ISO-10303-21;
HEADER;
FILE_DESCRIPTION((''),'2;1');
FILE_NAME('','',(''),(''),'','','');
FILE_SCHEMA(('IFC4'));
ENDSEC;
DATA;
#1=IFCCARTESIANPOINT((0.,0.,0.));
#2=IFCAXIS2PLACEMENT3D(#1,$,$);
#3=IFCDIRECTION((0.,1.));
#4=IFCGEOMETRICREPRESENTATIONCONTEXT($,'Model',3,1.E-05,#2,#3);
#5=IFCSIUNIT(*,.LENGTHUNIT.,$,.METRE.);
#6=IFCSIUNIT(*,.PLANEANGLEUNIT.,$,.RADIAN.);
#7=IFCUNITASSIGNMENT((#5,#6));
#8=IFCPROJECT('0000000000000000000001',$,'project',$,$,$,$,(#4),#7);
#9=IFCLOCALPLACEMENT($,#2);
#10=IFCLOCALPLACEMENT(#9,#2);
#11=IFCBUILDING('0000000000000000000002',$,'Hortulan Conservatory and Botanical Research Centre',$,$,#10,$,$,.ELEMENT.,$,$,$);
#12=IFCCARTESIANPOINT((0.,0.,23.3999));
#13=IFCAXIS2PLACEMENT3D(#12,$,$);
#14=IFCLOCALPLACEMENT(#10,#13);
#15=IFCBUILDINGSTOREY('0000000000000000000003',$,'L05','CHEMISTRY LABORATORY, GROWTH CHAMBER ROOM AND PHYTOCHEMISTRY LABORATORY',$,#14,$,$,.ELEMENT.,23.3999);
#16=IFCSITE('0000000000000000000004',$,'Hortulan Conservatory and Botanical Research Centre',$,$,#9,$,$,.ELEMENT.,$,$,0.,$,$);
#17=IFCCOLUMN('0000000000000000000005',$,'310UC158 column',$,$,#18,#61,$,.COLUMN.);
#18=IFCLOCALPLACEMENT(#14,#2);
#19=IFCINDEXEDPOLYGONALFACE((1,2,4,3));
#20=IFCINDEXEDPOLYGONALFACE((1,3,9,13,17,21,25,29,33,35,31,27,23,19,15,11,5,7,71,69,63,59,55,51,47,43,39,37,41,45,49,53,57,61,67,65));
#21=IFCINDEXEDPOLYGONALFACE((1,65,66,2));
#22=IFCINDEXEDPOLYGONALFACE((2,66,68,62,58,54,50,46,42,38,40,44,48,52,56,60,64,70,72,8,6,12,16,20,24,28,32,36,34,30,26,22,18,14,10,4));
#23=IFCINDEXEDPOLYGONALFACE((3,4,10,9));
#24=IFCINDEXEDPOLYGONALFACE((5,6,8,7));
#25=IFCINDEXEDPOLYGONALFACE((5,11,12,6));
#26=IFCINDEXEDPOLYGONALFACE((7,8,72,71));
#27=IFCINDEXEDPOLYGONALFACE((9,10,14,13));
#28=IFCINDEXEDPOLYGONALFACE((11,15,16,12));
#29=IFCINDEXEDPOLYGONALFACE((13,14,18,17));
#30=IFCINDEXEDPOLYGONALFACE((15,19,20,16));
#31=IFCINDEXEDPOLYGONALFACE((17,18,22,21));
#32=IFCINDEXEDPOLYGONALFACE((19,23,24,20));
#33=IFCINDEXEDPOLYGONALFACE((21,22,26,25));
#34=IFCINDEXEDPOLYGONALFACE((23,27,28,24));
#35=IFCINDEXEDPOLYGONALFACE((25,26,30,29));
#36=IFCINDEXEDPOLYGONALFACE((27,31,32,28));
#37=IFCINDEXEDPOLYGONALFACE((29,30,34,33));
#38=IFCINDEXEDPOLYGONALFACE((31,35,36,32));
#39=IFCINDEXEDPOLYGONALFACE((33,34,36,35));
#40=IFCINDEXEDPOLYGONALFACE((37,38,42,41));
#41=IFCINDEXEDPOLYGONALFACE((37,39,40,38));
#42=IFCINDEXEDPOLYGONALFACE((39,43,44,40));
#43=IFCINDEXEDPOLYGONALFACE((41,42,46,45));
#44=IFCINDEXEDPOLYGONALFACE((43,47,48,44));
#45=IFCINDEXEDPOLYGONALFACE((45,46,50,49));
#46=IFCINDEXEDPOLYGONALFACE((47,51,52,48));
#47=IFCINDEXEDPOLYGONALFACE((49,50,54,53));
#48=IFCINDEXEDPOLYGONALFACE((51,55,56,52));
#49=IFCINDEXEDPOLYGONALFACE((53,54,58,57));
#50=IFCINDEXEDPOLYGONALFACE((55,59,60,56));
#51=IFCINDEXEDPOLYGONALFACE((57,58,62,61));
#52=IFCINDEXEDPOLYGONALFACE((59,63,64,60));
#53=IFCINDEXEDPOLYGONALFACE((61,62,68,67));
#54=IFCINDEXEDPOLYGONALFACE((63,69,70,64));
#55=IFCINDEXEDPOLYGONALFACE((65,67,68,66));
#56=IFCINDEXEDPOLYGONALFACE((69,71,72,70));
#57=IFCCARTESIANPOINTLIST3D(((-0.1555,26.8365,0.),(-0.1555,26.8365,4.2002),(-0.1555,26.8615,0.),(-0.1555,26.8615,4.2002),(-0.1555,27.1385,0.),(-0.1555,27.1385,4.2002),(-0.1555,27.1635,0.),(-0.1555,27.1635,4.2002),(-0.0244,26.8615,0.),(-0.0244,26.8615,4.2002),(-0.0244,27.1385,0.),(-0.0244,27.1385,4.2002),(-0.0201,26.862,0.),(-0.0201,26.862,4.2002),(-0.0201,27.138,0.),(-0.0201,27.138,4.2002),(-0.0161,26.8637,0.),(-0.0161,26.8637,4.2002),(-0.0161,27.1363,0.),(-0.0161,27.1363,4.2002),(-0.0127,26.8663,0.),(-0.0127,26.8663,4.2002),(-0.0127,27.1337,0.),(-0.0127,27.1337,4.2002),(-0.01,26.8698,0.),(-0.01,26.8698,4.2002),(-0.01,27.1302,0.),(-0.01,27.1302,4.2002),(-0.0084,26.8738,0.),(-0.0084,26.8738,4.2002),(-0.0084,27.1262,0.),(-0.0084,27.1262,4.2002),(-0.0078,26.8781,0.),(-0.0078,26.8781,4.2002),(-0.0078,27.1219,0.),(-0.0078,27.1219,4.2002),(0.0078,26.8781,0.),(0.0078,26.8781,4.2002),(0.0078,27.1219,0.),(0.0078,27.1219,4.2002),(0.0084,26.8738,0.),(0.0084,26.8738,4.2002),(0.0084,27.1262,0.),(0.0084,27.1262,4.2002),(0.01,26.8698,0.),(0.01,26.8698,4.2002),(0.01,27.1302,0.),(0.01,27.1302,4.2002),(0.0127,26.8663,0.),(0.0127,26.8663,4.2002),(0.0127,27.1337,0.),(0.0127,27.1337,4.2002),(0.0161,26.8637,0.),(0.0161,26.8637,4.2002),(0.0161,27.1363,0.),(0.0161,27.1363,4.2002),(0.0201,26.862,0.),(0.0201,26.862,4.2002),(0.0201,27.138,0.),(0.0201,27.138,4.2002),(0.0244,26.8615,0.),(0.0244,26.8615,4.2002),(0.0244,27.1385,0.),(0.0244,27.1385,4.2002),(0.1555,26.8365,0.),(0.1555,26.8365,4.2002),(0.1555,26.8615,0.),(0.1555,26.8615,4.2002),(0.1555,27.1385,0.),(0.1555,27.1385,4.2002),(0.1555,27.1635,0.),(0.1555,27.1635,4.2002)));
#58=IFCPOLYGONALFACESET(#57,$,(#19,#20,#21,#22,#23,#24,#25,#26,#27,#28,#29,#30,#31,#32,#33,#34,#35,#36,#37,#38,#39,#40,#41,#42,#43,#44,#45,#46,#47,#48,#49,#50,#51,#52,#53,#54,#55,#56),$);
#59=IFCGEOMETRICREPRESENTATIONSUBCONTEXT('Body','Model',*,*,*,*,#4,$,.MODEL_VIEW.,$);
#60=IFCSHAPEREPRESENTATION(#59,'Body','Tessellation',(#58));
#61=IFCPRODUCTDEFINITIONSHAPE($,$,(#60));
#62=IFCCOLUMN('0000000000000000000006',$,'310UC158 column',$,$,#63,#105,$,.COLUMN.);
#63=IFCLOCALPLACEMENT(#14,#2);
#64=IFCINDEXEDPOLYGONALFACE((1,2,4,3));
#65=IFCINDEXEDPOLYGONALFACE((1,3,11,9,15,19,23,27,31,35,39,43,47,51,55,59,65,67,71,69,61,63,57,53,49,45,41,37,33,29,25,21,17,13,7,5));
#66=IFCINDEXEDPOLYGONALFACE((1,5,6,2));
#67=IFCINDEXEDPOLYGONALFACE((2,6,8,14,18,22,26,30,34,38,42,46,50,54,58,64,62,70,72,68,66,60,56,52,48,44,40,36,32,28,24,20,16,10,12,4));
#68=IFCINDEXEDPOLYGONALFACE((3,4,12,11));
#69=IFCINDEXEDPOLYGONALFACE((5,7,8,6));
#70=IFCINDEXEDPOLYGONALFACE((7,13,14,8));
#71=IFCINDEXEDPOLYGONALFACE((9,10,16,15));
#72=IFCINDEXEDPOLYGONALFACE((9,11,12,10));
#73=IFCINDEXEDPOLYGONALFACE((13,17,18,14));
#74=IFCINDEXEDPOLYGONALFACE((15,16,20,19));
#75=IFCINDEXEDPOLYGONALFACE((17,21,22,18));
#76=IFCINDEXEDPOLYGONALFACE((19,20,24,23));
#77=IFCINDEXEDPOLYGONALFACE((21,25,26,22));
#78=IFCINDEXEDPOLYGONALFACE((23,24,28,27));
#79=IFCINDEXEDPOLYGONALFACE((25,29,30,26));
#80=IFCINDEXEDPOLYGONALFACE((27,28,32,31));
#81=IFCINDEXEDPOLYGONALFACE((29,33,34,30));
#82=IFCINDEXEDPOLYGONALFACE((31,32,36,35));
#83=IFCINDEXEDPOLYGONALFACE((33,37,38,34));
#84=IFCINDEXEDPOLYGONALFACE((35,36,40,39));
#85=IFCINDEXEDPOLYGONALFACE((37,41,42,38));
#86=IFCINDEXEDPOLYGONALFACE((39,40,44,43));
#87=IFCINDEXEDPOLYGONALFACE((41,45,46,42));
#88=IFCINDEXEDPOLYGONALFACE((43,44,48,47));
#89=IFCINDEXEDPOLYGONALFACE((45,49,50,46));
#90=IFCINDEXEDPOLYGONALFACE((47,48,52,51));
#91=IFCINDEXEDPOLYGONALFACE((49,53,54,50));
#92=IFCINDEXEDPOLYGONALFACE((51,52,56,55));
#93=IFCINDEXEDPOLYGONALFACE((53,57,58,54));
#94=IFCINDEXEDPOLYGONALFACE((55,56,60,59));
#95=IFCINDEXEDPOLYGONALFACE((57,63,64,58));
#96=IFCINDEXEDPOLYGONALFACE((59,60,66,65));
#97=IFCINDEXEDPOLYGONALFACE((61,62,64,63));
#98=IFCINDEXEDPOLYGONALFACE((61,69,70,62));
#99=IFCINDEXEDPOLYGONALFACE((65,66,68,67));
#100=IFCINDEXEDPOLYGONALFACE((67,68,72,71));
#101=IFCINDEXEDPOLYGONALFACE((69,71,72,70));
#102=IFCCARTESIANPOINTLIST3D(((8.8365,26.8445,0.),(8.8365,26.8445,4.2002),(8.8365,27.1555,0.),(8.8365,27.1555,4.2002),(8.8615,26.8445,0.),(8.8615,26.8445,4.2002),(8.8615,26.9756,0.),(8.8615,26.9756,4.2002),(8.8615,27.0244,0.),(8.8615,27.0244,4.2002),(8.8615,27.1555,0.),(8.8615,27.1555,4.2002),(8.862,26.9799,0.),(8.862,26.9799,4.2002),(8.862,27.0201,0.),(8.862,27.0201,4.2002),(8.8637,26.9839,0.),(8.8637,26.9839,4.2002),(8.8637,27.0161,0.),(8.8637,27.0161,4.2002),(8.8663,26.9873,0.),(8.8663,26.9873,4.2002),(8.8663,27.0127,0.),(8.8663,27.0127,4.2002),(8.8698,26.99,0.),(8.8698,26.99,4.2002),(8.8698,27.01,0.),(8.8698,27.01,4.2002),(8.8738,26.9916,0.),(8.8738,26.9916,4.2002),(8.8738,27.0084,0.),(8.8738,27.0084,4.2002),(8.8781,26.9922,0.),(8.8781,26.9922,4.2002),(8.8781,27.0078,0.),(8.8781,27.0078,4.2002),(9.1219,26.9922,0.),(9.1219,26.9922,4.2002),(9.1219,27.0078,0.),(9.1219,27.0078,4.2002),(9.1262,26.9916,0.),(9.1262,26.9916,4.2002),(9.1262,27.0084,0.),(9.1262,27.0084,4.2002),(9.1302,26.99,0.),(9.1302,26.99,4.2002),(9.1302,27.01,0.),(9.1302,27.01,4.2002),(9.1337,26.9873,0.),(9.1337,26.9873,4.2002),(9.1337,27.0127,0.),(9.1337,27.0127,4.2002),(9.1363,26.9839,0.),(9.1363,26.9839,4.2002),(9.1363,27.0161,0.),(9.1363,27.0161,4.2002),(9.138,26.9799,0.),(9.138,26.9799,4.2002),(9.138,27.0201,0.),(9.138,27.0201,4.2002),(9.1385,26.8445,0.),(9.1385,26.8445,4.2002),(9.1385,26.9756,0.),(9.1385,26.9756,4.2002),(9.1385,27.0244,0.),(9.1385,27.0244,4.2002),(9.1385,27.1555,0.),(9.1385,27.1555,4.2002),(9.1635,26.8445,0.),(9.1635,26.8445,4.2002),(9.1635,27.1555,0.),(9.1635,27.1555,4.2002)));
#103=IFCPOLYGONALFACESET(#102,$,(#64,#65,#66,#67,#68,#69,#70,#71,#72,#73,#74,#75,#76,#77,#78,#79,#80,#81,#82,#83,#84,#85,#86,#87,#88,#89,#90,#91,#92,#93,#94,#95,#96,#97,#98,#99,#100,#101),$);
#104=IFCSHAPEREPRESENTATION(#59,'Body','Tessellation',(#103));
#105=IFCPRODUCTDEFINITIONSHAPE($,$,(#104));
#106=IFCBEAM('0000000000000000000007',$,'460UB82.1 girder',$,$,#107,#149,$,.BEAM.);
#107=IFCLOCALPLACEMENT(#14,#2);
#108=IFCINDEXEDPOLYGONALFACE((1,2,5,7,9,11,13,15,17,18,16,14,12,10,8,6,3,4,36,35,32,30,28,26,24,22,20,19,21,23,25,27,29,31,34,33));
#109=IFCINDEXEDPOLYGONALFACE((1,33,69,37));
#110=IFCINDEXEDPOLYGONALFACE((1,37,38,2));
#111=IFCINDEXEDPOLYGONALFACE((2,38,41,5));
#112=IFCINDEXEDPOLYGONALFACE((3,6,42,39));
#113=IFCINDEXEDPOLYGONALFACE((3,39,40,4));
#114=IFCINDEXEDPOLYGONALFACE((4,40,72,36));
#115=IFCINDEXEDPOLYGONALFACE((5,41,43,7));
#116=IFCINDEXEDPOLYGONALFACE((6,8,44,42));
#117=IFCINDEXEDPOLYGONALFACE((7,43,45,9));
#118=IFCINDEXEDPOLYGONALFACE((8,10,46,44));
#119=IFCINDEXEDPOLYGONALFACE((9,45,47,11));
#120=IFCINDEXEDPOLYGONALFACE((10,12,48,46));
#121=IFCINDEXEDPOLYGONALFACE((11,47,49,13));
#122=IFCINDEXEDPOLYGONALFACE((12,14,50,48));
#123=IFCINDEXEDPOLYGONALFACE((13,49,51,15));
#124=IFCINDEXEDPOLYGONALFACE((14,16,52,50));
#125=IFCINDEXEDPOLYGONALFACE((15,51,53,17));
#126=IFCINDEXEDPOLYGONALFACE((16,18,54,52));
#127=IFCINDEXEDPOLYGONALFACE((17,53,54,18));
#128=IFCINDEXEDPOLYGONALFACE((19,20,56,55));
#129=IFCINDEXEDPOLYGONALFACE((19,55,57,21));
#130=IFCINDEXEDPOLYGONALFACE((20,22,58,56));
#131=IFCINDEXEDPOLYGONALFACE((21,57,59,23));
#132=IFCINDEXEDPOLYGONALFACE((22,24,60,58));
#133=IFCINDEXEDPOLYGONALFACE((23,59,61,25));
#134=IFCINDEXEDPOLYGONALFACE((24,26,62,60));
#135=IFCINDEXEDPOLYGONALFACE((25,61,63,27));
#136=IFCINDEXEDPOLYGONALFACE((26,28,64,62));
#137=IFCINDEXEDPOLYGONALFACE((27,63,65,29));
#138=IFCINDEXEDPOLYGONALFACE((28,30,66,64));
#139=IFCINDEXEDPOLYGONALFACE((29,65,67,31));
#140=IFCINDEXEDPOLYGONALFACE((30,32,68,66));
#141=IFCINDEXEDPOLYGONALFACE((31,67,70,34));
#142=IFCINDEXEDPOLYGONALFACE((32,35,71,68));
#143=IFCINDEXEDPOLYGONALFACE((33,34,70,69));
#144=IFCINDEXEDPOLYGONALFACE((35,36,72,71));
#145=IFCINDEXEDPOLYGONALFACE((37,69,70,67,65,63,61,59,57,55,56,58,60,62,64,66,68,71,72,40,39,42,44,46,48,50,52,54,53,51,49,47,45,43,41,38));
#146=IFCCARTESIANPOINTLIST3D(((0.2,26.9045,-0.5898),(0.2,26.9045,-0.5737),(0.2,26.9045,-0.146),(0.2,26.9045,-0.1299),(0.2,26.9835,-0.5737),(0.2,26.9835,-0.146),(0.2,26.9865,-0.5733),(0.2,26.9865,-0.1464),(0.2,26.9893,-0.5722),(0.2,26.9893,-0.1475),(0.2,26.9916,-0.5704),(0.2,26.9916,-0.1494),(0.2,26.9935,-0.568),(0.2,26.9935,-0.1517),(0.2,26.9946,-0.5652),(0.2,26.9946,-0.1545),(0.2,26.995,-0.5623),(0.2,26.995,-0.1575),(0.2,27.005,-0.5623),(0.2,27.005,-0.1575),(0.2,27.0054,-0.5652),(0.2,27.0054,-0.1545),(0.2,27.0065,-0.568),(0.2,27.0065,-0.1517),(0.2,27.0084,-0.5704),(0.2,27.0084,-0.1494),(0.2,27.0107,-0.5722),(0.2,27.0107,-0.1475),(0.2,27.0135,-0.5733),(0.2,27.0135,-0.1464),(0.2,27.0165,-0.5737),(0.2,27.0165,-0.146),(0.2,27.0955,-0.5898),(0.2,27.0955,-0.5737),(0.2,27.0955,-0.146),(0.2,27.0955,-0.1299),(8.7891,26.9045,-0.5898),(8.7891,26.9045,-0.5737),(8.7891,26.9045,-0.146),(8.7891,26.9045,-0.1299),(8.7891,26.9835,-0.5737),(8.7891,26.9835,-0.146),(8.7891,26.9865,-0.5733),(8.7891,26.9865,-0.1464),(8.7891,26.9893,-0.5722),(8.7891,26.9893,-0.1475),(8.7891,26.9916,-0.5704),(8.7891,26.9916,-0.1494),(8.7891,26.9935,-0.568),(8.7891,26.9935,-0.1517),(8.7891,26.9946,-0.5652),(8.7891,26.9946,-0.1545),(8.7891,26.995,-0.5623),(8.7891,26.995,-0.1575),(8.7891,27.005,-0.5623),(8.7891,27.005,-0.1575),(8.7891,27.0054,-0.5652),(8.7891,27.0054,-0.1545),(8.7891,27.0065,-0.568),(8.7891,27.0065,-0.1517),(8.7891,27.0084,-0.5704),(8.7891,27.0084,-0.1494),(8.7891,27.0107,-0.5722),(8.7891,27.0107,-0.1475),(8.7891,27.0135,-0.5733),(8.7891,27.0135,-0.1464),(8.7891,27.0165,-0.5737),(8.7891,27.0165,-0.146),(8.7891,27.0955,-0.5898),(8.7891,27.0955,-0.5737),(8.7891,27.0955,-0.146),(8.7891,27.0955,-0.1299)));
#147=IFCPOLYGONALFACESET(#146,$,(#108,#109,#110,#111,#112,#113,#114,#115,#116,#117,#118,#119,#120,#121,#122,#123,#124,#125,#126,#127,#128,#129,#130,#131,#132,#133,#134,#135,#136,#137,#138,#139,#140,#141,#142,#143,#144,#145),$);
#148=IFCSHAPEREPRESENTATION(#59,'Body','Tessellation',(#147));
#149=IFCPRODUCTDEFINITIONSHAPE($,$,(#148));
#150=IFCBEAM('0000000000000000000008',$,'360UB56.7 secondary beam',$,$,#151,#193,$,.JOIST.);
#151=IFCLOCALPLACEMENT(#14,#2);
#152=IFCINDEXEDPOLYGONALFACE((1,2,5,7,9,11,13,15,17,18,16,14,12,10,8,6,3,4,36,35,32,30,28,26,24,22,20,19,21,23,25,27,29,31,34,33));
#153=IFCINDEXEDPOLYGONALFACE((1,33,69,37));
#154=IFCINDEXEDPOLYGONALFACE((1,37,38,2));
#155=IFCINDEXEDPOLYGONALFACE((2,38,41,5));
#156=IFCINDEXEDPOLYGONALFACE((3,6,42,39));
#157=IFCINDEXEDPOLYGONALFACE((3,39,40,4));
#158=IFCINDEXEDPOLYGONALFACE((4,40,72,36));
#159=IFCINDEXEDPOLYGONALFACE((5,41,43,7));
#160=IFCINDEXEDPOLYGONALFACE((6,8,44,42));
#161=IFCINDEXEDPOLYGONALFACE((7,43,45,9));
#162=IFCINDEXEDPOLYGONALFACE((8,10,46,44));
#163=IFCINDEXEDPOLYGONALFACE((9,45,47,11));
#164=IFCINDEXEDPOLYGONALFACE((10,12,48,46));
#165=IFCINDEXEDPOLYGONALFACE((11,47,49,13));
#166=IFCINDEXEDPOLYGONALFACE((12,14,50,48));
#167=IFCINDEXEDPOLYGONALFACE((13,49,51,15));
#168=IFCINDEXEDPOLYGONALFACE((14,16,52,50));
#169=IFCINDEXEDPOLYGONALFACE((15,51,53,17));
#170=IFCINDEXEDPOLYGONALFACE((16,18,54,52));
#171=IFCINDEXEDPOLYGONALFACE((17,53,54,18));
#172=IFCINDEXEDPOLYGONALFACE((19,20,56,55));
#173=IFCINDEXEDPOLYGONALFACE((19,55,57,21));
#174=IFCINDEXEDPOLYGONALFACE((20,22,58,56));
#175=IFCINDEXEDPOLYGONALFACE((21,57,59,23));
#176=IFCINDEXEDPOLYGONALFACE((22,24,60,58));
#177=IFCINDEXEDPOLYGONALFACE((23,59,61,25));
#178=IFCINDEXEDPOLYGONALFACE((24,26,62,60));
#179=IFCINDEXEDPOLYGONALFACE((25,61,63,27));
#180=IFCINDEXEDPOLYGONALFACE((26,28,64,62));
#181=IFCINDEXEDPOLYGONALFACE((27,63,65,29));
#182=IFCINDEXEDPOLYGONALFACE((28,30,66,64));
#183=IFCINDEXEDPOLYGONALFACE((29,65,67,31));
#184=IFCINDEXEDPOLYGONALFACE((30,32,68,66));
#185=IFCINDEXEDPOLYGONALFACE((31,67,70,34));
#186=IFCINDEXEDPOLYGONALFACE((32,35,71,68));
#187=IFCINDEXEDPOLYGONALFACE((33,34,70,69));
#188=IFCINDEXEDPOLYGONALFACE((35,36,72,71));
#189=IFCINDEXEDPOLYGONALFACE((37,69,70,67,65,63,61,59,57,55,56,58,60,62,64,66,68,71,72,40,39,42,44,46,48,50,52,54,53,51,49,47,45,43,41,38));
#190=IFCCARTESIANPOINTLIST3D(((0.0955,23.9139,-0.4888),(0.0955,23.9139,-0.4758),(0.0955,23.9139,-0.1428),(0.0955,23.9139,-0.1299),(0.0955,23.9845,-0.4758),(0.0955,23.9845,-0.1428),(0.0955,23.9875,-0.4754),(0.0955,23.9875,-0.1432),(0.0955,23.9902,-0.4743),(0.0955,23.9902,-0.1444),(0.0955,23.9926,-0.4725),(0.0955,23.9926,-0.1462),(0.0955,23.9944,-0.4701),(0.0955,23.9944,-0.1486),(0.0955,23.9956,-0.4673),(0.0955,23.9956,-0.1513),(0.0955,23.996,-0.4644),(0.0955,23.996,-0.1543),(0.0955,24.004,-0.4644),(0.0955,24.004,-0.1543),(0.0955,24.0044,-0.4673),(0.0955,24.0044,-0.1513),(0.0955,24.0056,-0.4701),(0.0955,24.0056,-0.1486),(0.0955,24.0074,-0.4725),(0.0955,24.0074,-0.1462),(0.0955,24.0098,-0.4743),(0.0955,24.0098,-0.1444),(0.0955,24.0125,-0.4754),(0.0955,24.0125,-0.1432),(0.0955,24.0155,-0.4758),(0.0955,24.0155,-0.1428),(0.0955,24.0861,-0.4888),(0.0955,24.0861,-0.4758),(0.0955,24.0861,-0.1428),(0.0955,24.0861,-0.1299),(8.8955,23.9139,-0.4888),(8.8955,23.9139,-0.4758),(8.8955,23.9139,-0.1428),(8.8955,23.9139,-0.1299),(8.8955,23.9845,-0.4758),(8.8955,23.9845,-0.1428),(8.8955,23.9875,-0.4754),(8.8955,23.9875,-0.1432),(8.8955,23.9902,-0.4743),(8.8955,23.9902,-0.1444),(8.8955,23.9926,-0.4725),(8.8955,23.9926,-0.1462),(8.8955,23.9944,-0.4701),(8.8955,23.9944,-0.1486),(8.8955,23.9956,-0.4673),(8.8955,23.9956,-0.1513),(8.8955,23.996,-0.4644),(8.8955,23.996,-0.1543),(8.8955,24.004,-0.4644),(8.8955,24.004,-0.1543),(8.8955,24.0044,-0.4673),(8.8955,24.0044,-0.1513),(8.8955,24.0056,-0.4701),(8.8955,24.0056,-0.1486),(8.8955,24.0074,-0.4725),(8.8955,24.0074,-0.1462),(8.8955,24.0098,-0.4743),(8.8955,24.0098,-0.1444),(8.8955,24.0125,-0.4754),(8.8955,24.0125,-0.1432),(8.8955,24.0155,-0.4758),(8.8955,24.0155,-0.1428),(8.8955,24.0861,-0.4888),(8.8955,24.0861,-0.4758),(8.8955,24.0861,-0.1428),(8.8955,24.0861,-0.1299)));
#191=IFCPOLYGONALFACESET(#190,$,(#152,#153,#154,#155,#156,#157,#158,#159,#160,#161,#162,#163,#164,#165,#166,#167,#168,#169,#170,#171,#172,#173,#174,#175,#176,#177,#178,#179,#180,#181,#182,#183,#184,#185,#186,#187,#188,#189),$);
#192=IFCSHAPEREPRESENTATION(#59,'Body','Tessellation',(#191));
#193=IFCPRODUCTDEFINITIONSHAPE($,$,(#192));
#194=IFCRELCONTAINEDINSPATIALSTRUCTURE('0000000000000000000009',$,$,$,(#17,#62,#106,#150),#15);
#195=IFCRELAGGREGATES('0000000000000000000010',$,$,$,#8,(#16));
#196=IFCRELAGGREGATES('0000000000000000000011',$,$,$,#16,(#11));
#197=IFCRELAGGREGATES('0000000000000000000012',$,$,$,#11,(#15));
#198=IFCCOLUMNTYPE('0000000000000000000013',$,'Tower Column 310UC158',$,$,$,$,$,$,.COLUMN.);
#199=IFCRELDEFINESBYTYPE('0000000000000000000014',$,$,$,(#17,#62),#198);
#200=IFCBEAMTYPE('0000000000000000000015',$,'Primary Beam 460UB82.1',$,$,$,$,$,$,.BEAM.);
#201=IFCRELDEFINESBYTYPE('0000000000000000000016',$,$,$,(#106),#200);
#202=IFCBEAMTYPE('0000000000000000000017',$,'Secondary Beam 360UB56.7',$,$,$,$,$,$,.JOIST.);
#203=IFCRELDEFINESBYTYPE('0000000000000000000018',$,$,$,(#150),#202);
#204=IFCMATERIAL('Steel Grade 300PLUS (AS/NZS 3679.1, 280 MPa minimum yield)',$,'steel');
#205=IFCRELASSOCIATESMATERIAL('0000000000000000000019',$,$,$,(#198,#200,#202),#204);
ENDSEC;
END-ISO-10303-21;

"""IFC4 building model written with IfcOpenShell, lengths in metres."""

from ifc_helpers import new_model, si_unit, direction, frame, origin, origin_2d, place, context, subcontext, project, spatial, i_section, extrude, material, material_profile, profile_set, type_object, element, save


model = new_model("IFC4")

# Units and contexts
model_context = context("Model", 3, precision=1e-05, world=origin(), true_north=direction((0.0, 1.0)))
body_context = subcontext(model_context, "Body", "Model", "MODEL_VIEW")
ifc_project = project(units=[si_unit("LENGTHUNIT", "METRE"), si_unit("PLANEANGLEUNIT", "RADIAN")], contexts=[model_context])

# Site, building, storey
site_placement = place(None, origin())
site = spatial("IfcSite", under=ifc_project, at=site_placement, Name="Hortulan Conservatory and Botanical Research Centre", CompositionType="ELEMENT", RefElevation=0.0)
building_placement = place(site_placement, origin())
building = spatial("IfcBuilding", under=site, at=building_placement, Name="Hortulan Conservatory and Botanical Research Centre", CompositionType="ELEMENT")
storey_placement = place(building_placement, frame((0.0, 0.0, 23.3999)))
storey = spatial("IfcBuildingStorey", under=building, at=storey_placement, Name="L05", Description="CHEMISTRY LABORATORY, GROWTH CHAMBER ROOM AND PHYTOCHEMISTRY LABORATORY", CompositionType="ELEMENT", Elevation=23.3999)

# Columns
ifc_material_1 = material(Name="Steel Grade 300PLUS (AS/NZS 3679.1, 280 MPa minimum yield)", Category="steel")
ifc_material_profile_1 = material_profile(ifc_material_1, i_section(OverallWidth=0.311, OverallDepth=0.3269, WebThickness=0.0156, FlangeThickness=0.0249, FilletRadius=0.0166, at=origin_2d()), Name="310UC158")
ifc_profile_set_1 = profile_set([ifc_material_profile_1], Name="Steel Grade 300PLUS (AS/NZS 3679.1, 280 MPa minimum yield)")
column_type = type_object("IfcColumnType", Name="Tower Column 310UC158", PredefinedType="COLUMN", material=ifc_profile_set_1)
for number, where, z_axis, x_axis, name in (
    (1, (0.0, 27.0, 0.0), (0.0, 0.0, 1.0), (1.0, 0.0, 0.0), "310UC158 column"),
    (2, (9.0, 27.0, 0.0), (0.0, 0.0, 1.0), (0.0, 1.0, 0.0), "310UC158 column"),
):
    element("IfcColumn", number, at=place(storey_placement, frame(where, z_axis=z_axis, x_axis=x_axis)), inside=storey, type_object=column_type, Name=name, PredefinedType="COLUMN", context=body_context, shape_type="SweptSolid", body=[
        extrude(i_section(OverallWidth=0.311, OverallDepth=0.3269, WebThickness=0.0156, FlangeThickness=0.0249, FilletRadius=0.0166, at=origin_2d()), origin(), (0.0, 0.0, 1.0), 4.2002),
    ])

# Beams
ifc_material_profile_2 = material_profile(ifc_material_1, i_section(OverallWidth=0.1909, OverallDepth=0.46, WebThickness=0.01, FlangeThickness=0.0161, FilletRadius=0.0115, at=origin_2d()), Name="460UB82.1")
ifc_profile_set_2 = profile_set([ifc_material_profile_2], Name="Steel Grade 300PLUS (AS/NZS 3679.1, 280 MPa minimum yield)")
beam_type_1 = type_object("IfcBeamType", Name="Primary Beam 460UB82.1", PredefinedType="BEAM", material=ifc_profile_set_2)
beam_1_placement = place(storey_placement, frame((0.2, 27.0, -0.3599), z_axis=(1.0, 0.0, 0.0), x_axis=(0.0, 1.0, 0.0)))
element("IfcBeam", 3, at=beam_1_placement, inside=storey, type_object=beam_type_1, Name="460UB82.1 girder", PredefinedType="BEAM", context=body_context, shape_type="SweptSolid", body=[
    extrude(i_section(OverallWidth=0.1909, OverallDepth=0.46, WebThickness=0.01, FlangeThickness=0.0161, FilletRadius=0.0115, at=origin_2d()), origin(), (0.0, 0.0, 1.0), 8.5891),
])
ifc_material_profile_3 = material_profile(ifc_material_1, i_section(OverallWidth=0.1721, OverallDepth=0.3589, WebThickness=0.0081, FlangeThickness=0.0129, FilletRadius=0.0115, at=origin_2d()), Name="360UB56.7")
ifc_profile_set_3 = profile_set([ifc_material_profile_3], Name="Steel Grade 300PLUS (AS/NZS 3679.1, 280 MPa minimum yield)")
beam_type_2 = type_object("IfcBeamType", Name="Secondary Beam 360UB56.7", PredefinedType="JOIST", material=ifc_profile_set_3)
beam_2_placement = place(storey_placement, frame((0.0955, 24.0, -0.3093), z_axis=(1.0, 0.0, 0.0), x_axis=(0.0, 1.0, 0.0)))
element("IfcBeam", 4, at=beam_2_placement, inside=storey, type_object=beam_type_2, Name="360UB56.7 secondary beam", PredefinedType="JOIST", context=body_context, shape_type="SweptSolid", body=[
    extrude(i_section(OverallWidth=0.1721, OverallDepth=0.3589, WebThickness=0.0081, FlangeThickness=0.0129, FilletRadius=0.0115, at=origin_2d()), origin(), (0.0, 0.0, 1.0), 8.8),
])

save(model, "model.ifc")
